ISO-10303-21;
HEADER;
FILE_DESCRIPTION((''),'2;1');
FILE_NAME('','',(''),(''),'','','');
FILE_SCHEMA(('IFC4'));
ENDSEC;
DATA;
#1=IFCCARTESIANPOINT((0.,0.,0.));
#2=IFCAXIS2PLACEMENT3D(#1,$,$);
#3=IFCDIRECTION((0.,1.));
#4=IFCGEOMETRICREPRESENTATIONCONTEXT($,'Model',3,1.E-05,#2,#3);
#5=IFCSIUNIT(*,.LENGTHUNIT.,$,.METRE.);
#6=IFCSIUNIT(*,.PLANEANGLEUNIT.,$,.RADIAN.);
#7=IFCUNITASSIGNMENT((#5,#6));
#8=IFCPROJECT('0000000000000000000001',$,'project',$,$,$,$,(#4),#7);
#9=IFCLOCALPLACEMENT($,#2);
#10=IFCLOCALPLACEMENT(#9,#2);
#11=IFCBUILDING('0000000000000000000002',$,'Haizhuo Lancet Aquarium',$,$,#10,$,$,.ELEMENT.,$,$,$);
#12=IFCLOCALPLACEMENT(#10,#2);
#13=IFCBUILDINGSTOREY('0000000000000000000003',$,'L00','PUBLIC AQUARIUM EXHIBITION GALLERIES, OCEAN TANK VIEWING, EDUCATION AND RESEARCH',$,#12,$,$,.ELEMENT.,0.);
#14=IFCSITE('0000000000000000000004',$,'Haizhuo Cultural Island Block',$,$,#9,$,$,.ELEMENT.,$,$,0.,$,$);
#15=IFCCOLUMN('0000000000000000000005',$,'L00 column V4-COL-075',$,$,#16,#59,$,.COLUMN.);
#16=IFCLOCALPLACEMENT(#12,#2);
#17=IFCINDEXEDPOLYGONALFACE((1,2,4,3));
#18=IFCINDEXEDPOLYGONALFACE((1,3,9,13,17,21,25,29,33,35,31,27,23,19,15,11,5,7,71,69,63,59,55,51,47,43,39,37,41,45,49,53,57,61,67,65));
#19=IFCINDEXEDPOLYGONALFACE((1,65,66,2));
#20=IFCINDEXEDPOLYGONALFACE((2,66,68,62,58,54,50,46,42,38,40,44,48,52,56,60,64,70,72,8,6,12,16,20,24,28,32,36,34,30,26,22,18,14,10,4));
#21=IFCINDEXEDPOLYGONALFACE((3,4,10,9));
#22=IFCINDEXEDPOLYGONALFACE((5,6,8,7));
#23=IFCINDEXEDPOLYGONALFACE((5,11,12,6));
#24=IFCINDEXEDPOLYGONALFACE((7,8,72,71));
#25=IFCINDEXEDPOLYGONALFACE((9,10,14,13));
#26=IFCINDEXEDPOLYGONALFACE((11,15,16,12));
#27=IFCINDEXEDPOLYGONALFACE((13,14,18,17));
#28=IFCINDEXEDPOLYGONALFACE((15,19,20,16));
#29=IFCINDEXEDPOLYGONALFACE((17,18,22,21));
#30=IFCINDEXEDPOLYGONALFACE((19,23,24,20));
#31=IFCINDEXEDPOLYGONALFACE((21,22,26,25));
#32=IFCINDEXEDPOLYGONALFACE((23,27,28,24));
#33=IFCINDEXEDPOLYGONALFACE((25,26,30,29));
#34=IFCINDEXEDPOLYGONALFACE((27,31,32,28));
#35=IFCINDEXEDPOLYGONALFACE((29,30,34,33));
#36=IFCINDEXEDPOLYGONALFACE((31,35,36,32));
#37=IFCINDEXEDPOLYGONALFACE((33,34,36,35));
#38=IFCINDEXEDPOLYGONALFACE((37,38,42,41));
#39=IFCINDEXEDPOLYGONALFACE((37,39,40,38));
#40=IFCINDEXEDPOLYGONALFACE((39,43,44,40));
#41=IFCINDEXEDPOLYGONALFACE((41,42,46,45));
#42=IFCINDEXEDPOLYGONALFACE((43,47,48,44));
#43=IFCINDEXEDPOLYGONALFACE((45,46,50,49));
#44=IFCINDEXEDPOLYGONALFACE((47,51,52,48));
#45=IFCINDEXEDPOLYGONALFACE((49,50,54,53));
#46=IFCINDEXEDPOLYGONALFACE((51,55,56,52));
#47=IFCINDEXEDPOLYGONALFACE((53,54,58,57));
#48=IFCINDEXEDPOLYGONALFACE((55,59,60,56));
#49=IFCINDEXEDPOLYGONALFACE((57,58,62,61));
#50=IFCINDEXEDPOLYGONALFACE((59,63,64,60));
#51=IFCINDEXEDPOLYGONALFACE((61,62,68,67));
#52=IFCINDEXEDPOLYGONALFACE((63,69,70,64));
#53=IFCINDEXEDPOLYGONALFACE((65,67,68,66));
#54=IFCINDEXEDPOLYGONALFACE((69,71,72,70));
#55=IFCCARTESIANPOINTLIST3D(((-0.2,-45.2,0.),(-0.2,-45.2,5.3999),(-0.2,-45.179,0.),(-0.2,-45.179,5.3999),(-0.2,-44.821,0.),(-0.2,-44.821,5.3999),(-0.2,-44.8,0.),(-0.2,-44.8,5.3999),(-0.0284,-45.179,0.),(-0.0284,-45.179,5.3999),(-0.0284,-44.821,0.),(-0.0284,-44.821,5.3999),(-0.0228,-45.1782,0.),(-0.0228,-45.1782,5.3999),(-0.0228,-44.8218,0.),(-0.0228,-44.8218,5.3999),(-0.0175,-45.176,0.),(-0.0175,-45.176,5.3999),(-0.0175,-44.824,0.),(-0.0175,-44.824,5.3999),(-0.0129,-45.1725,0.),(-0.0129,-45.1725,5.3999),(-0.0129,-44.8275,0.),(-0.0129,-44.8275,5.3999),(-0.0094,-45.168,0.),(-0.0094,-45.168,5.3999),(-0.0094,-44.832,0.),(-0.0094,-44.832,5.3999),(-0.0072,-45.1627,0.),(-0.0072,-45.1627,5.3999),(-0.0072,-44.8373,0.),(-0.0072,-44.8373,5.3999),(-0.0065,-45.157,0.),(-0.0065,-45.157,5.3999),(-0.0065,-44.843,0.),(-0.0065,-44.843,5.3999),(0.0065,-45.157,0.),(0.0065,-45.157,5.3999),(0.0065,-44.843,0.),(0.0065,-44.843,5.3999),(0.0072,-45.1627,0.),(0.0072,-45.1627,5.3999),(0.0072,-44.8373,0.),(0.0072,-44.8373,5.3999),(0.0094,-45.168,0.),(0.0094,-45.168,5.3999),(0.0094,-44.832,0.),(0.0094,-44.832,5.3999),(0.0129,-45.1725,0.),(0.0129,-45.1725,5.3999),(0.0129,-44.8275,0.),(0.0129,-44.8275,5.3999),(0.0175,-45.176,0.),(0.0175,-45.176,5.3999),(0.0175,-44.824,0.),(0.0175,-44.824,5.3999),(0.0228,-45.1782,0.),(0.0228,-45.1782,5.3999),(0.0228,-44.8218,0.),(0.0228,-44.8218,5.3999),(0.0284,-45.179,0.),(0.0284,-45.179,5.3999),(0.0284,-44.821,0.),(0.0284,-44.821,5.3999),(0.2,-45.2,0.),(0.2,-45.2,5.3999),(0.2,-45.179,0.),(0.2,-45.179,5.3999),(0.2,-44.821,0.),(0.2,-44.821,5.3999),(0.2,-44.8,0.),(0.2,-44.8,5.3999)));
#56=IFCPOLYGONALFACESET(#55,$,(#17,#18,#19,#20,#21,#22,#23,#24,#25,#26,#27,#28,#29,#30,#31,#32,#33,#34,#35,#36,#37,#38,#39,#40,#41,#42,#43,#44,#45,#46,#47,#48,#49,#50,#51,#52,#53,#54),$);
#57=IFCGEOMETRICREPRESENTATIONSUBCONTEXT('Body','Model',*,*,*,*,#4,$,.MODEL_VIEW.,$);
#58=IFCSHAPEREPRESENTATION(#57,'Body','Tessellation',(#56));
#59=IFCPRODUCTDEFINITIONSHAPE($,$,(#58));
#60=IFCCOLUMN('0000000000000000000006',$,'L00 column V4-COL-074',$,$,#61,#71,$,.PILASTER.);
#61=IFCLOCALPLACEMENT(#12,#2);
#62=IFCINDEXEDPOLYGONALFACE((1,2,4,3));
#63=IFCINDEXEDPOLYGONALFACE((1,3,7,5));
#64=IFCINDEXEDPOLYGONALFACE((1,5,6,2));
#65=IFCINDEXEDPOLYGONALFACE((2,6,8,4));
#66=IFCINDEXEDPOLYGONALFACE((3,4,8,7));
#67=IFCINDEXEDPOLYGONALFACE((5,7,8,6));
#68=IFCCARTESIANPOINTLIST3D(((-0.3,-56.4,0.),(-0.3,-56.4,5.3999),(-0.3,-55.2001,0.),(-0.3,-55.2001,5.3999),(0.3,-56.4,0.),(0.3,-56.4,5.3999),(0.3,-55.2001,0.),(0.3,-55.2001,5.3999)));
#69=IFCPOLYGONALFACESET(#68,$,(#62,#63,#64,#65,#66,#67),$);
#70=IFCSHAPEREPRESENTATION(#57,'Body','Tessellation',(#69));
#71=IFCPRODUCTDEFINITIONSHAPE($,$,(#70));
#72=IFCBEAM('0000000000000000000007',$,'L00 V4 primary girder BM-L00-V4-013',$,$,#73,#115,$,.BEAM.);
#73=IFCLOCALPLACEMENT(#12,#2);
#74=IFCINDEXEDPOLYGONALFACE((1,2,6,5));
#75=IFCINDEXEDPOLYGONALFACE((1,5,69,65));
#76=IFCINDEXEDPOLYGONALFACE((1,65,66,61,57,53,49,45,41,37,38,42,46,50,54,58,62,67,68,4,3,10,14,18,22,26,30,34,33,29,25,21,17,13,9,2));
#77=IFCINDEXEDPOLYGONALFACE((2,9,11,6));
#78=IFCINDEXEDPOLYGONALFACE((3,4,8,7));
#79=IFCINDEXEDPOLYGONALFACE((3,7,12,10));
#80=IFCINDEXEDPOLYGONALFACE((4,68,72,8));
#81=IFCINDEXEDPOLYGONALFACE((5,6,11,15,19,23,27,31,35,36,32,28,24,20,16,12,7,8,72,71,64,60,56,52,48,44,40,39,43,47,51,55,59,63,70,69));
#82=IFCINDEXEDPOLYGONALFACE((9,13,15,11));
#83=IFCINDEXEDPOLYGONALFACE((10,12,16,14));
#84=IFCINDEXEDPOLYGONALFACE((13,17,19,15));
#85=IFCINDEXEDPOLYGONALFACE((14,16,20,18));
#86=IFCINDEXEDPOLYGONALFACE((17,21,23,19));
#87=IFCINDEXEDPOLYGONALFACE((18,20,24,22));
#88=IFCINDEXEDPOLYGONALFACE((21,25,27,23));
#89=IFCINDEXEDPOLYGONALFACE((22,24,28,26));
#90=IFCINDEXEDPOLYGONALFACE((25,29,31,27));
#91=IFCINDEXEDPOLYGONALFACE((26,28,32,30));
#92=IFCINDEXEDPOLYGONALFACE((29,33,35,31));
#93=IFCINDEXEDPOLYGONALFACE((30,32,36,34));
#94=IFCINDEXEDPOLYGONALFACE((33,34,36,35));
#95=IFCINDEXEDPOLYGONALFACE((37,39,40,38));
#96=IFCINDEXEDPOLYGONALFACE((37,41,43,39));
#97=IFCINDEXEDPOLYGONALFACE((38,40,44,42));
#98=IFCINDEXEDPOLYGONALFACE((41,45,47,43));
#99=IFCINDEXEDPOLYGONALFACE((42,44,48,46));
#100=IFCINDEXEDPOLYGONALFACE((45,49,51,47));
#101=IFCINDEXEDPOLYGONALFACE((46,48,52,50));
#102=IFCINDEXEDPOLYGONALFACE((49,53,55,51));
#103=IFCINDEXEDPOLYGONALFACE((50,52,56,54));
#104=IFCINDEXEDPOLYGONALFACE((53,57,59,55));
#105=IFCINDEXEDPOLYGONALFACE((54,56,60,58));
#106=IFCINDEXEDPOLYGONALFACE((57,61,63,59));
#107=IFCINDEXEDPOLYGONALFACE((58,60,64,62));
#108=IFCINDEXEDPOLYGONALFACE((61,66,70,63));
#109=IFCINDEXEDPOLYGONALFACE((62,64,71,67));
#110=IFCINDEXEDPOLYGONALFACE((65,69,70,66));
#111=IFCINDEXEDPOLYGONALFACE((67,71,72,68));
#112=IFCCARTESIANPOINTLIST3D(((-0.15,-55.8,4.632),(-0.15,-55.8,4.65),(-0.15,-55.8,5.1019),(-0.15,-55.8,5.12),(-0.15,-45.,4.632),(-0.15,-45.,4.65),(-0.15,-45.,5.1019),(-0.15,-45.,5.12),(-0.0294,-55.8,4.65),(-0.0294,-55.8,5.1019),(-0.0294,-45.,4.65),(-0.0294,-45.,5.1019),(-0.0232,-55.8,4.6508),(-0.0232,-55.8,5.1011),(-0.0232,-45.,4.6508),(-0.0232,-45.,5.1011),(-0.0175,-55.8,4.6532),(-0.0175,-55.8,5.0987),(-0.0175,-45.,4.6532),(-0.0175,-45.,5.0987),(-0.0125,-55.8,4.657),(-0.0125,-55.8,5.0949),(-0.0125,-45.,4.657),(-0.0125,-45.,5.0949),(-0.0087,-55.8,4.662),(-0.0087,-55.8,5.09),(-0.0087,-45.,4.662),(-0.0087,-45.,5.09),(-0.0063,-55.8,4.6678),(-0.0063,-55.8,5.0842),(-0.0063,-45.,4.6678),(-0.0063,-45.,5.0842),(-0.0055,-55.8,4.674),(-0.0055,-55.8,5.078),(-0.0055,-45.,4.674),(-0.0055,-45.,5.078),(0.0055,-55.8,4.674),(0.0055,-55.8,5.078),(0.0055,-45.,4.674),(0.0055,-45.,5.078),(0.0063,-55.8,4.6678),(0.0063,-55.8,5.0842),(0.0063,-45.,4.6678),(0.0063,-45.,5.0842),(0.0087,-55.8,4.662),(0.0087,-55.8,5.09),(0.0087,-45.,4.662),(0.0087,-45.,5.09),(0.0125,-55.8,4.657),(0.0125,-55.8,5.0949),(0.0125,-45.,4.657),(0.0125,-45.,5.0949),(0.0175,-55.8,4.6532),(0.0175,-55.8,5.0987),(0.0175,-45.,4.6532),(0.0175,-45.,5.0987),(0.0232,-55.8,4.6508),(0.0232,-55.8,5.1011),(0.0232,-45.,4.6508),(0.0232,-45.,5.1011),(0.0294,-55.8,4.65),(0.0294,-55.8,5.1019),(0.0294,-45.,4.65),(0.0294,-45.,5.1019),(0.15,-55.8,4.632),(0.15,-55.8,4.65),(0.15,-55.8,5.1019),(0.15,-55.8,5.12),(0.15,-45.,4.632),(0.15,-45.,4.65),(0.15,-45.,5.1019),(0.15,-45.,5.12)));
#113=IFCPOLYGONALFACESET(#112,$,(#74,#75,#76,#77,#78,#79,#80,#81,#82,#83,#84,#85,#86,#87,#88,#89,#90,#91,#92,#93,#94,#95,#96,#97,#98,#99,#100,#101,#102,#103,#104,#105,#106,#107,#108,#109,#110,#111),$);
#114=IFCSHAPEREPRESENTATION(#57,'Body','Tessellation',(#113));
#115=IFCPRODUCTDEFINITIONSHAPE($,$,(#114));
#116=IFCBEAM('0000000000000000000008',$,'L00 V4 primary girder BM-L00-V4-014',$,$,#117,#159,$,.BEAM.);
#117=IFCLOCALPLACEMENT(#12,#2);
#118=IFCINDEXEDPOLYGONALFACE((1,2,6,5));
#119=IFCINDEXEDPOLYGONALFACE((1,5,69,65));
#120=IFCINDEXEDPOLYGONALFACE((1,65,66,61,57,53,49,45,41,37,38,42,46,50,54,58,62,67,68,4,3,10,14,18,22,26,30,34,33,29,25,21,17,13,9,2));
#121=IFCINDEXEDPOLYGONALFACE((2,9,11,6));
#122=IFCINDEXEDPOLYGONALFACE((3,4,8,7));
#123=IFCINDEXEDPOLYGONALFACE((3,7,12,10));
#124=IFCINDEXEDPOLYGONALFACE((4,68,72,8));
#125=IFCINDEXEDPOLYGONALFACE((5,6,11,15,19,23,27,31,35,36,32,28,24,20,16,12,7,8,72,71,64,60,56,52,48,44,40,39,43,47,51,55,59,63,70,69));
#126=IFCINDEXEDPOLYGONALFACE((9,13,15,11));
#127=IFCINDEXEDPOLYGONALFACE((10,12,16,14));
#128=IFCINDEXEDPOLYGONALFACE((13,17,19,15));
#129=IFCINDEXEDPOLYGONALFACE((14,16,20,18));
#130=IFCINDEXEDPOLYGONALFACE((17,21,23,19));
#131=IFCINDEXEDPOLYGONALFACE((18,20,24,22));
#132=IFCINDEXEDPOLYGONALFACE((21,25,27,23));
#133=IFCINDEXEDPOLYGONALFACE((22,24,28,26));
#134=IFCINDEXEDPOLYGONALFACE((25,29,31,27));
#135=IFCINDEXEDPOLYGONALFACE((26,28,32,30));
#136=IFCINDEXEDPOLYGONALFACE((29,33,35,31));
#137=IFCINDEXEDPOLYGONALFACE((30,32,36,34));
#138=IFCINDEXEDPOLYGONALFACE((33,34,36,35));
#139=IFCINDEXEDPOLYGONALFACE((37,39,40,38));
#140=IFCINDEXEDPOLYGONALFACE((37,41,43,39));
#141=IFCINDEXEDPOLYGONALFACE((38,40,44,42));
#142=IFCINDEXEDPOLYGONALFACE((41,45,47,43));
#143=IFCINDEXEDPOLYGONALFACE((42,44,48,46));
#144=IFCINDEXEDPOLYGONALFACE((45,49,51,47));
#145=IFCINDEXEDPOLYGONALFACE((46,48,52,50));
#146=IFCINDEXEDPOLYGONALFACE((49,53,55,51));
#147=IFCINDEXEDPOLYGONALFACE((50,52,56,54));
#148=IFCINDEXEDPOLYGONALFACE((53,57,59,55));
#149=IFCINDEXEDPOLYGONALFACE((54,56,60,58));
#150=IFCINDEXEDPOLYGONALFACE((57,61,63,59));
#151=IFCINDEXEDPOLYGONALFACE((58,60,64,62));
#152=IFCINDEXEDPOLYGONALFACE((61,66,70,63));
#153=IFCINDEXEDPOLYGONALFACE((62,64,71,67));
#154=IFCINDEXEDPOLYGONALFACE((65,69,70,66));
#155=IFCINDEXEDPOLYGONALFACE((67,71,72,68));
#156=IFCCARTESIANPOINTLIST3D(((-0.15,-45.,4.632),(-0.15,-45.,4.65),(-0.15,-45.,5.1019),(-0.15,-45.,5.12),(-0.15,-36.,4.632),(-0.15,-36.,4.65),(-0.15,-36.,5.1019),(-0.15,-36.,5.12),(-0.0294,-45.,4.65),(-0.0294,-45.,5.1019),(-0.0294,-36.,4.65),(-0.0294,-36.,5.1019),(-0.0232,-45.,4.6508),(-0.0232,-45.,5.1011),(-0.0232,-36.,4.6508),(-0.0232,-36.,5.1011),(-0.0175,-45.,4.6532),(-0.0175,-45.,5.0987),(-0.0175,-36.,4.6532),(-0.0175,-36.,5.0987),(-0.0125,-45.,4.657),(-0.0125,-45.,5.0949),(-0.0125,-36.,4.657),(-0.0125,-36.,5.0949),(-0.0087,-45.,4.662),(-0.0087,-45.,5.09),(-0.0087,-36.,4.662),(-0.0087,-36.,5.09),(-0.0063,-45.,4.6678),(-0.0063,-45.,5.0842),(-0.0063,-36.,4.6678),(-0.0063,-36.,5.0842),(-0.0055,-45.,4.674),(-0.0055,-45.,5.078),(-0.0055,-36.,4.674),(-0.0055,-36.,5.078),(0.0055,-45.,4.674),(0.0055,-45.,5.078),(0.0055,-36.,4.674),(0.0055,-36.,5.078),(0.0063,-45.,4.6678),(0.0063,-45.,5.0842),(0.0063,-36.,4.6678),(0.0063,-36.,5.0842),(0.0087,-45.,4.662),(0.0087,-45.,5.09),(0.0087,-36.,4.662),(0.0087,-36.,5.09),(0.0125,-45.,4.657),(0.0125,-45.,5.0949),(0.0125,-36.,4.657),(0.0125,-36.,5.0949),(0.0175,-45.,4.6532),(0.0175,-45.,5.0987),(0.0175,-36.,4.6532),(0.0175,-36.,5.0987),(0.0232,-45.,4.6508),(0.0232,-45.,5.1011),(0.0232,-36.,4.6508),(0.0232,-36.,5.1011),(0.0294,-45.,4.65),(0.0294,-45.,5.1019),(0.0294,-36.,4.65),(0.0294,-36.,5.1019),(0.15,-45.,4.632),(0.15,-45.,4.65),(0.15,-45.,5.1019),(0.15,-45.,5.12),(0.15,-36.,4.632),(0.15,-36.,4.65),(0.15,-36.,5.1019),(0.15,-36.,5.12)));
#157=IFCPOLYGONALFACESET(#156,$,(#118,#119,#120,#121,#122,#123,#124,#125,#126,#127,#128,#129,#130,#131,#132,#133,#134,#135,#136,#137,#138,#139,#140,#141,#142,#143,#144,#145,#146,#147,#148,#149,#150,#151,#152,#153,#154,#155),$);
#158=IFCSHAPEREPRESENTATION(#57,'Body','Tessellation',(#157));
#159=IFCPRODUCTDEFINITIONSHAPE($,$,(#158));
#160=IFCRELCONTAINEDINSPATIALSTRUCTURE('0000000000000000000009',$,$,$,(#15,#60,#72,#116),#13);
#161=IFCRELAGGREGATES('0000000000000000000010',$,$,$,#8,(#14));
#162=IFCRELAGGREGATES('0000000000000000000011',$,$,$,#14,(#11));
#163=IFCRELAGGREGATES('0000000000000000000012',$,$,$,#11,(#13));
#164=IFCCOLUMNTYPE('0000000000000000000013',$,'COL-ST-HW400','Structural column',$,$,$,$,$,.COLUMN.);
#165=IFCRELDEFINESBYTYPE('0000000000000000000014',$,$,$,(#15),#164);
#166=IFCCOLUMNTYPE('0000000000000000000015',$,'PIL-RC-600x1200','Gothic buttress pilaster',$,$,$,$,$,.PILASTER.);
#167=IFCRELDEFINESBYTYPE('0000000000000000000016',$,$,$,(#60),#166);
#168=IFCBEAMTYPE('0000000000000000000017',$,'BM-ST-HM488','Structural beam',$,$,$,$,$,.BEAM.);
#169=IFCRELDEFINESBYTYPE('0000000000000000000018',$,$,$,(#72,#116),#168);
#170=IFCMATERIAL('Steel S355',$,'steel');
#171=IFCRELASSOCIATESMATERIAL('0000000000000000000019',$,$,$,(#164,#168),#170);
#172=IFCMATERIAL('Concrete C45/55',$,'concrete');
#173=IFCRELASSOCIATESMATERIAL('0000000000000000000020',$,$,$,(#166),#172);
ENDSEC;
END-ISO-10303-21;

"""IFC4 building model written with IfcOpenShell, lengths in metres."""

from ifc_helpers import new_model, si_unit, direction, frame, origin, origin_2d, place, context, subcontext, project, spatial, rectangle, i_section, extrude, material, material_profile, profile_set, type_object, element, save


model = new_model("IFC4")

# Units and contexts
model_context = context("Model", 3, precision=1e-05, world=origin(), true_north=direction((0.0, 1.0)))
body_context = subcontext(model_context, "Body", "Model", "MODEL_VIEW")
ifc_project = project(units=[si_unit("LENGTHUNIT", "METRE"), si_unit("PLANEANGLEUNIT", "RADIAN")], contexts=[model_context])

# Site, building, storey
site_placement = place(None, origin())
site = spatial("IfcSite", under=ifc_project, at=site_placement, Name="Haizhuo Cultural Island Block", CompositionType="ELEMENT", RefElevation=0.0)
building_placement = place(site_placement, origin())
building = spatial("IfcBuilding", under=site, at=building_placement, Name="Haizhuo Lancet Aquarium", CompositionType="ELEMENT")
storey_placement = place(building_placement, origin())
storey = spatial("IfcBuildingStorey", under=building, at=storey_placement, Name="L00", Description="PUBLIC AQUARIUM EXHIBITION GALLERIES, OCEAN TANK VIEWING, EDUCATION AND RESEARCH", CompositionType="ELEMENT", Elevation=0.0)

# Columns
ifc_material_1 = material(Name="Steel S355", Category="steel")
ifc_material_profile_1 = material_profile(ifc_material_1, i_section(OverallWidth=0.3999, OverallDepth=0.3999, WebThickness=0.0129, FlangeThickness=0.021, FilletRadius=0.022, at=origin_2d()), Name="HW 400x400x13x21")
ifc_profile_set_1 = profile_set([ifc_material_profile_1], Name="Steel S355")
column_type_1 = type_object("IfcColumnType", Name="COL-ST-HW400", Description="Structural column", PredefinedType="COLUMN", material=ifc_profile_set_1)
column_1_placement = place(storey_placement, frame((0.0, -45.0, 0.0), z_axis=(0.0, 0.0, 1.0), x_axis=(1.0, 0.0, 0.0)))
element("IfcColumn", 1, at=column_1_placement, inside=storey, type_object=column_type_1, Name="L00 column V4-COL-075", PredefinedType="COLUMN", context=body_context, shape_type="SweptSolid", body=[
    extrude(i_section(OverallWidth=0.3999, OverallDepth=0.3999, WebThickness=0.0129, FlangeThickness=0.021, FilletRadius=0.022, at=origin_2d()), origin(), (0.0, 0.0, 1.0), 5.3999),
])
ifc_material_2 = material(Name="Concrete C45/55", Category="concrete")
ifc_material_profile_2 = material_profile(ifc_material_2, rectangle(XDim=0.6001, YDim=1.2, at=origin_2d()), Name="RC-PIL 600x1200")
ifc_profile_set_2 = profile_set([ifc_material_profile_2], Name="Concrete C45/55")
column_type_2 = type_object("IfcColumnType", Name="PIL-RC-600x1200", Description="Gothic buttress pilaster", PredefinedType="PILASTER", material=ifc_profile_set_2)
column_2_placement = place(storey_placement, frame((0.0, -55.8, 0.0), z_axis=(0.0, 0.0, 1.0), x_axis=(1.0, 0.0, 0.0)))
element("IfcColumn", 2, at=column_2_placement, inside=storey, type_object=column_type_2, Name="L00 column V4-COL-074", PredefinedType="PILASTER", context=body_context, shape_type="SweptSolid", body=[
    extrude(rectangle(XDim=0.6001, YDim=1.2, at=origin_2d()), origin(), (0.0, 0.0, 1.0), 5.3999),
])

# Beams
ifc_material_profile_3 = material_profile(ifc_material_1, i_section(OverallWidth=0.3, OverallDepth=0.488, WebThickness=0.011, FlangeThickness=0.0181, FilletRadius=0.0239, at=origin_2d()), Name="HM 488x300x11x18")
ifc_profile_set_3 = profile_set([ifc_material_profile_3], Name="Steel S355")
beam_type_1 = type_object("IfcBeamType", Name="BM-ST-HM488", Description="Structural beam", PredefinedType="BEAM", material=ifc_profile_set_3)
beam_1_placement = place(storey_placement, frame((0.0, -55.8, 4.876), z_axis=(0.0, 1.0, 0.0), x_axis=(-1.0, 0.0, 0.0)))
element("IfcBeam", 3, at=beam_1_placement, inside=storey, type_object=beam_type_1, Name="L00 V4 primary girder BM-L00-V4-013", PredefinedType="BEAM", context=body_context, shape_type="SweptSolid", body=[
    extrude(i_section(OverallWidth=0.3, OverallDepth=0.488, WebThickness=0.011, FlangeThickness=0.0181, FilletRadius=0.0239, at=origin_2d()), origin(), (0.0, 0.0, 1.0), 10.8),
])
beam_2_placement = place(storey_placement, frame((0.0, -45.0, 4.876), z_axis=(0.0, 1.0, 0.0), x_axis=(-1.0, 0.0, 0.0)))
element("IfcBeam", 4, at=beam_2_placement, inside=storey, type_object=beam_type_1, Name="L00 V4 primary girder BM-L00-V4-014", PredefinedType="BEAM", context=body_context, shape_type="SweptSolid", body=[
    extrude(i_section(OverallWidth=0.3, OverallDepth=0.488, WebThickness=0.011, FlangeThickness=0.0181, FilletRadius=0.0239, at=origin_2d()), origin(), (0.0, 0.0, 1.0), 9.0),
])

save(model, "model.ifc")
